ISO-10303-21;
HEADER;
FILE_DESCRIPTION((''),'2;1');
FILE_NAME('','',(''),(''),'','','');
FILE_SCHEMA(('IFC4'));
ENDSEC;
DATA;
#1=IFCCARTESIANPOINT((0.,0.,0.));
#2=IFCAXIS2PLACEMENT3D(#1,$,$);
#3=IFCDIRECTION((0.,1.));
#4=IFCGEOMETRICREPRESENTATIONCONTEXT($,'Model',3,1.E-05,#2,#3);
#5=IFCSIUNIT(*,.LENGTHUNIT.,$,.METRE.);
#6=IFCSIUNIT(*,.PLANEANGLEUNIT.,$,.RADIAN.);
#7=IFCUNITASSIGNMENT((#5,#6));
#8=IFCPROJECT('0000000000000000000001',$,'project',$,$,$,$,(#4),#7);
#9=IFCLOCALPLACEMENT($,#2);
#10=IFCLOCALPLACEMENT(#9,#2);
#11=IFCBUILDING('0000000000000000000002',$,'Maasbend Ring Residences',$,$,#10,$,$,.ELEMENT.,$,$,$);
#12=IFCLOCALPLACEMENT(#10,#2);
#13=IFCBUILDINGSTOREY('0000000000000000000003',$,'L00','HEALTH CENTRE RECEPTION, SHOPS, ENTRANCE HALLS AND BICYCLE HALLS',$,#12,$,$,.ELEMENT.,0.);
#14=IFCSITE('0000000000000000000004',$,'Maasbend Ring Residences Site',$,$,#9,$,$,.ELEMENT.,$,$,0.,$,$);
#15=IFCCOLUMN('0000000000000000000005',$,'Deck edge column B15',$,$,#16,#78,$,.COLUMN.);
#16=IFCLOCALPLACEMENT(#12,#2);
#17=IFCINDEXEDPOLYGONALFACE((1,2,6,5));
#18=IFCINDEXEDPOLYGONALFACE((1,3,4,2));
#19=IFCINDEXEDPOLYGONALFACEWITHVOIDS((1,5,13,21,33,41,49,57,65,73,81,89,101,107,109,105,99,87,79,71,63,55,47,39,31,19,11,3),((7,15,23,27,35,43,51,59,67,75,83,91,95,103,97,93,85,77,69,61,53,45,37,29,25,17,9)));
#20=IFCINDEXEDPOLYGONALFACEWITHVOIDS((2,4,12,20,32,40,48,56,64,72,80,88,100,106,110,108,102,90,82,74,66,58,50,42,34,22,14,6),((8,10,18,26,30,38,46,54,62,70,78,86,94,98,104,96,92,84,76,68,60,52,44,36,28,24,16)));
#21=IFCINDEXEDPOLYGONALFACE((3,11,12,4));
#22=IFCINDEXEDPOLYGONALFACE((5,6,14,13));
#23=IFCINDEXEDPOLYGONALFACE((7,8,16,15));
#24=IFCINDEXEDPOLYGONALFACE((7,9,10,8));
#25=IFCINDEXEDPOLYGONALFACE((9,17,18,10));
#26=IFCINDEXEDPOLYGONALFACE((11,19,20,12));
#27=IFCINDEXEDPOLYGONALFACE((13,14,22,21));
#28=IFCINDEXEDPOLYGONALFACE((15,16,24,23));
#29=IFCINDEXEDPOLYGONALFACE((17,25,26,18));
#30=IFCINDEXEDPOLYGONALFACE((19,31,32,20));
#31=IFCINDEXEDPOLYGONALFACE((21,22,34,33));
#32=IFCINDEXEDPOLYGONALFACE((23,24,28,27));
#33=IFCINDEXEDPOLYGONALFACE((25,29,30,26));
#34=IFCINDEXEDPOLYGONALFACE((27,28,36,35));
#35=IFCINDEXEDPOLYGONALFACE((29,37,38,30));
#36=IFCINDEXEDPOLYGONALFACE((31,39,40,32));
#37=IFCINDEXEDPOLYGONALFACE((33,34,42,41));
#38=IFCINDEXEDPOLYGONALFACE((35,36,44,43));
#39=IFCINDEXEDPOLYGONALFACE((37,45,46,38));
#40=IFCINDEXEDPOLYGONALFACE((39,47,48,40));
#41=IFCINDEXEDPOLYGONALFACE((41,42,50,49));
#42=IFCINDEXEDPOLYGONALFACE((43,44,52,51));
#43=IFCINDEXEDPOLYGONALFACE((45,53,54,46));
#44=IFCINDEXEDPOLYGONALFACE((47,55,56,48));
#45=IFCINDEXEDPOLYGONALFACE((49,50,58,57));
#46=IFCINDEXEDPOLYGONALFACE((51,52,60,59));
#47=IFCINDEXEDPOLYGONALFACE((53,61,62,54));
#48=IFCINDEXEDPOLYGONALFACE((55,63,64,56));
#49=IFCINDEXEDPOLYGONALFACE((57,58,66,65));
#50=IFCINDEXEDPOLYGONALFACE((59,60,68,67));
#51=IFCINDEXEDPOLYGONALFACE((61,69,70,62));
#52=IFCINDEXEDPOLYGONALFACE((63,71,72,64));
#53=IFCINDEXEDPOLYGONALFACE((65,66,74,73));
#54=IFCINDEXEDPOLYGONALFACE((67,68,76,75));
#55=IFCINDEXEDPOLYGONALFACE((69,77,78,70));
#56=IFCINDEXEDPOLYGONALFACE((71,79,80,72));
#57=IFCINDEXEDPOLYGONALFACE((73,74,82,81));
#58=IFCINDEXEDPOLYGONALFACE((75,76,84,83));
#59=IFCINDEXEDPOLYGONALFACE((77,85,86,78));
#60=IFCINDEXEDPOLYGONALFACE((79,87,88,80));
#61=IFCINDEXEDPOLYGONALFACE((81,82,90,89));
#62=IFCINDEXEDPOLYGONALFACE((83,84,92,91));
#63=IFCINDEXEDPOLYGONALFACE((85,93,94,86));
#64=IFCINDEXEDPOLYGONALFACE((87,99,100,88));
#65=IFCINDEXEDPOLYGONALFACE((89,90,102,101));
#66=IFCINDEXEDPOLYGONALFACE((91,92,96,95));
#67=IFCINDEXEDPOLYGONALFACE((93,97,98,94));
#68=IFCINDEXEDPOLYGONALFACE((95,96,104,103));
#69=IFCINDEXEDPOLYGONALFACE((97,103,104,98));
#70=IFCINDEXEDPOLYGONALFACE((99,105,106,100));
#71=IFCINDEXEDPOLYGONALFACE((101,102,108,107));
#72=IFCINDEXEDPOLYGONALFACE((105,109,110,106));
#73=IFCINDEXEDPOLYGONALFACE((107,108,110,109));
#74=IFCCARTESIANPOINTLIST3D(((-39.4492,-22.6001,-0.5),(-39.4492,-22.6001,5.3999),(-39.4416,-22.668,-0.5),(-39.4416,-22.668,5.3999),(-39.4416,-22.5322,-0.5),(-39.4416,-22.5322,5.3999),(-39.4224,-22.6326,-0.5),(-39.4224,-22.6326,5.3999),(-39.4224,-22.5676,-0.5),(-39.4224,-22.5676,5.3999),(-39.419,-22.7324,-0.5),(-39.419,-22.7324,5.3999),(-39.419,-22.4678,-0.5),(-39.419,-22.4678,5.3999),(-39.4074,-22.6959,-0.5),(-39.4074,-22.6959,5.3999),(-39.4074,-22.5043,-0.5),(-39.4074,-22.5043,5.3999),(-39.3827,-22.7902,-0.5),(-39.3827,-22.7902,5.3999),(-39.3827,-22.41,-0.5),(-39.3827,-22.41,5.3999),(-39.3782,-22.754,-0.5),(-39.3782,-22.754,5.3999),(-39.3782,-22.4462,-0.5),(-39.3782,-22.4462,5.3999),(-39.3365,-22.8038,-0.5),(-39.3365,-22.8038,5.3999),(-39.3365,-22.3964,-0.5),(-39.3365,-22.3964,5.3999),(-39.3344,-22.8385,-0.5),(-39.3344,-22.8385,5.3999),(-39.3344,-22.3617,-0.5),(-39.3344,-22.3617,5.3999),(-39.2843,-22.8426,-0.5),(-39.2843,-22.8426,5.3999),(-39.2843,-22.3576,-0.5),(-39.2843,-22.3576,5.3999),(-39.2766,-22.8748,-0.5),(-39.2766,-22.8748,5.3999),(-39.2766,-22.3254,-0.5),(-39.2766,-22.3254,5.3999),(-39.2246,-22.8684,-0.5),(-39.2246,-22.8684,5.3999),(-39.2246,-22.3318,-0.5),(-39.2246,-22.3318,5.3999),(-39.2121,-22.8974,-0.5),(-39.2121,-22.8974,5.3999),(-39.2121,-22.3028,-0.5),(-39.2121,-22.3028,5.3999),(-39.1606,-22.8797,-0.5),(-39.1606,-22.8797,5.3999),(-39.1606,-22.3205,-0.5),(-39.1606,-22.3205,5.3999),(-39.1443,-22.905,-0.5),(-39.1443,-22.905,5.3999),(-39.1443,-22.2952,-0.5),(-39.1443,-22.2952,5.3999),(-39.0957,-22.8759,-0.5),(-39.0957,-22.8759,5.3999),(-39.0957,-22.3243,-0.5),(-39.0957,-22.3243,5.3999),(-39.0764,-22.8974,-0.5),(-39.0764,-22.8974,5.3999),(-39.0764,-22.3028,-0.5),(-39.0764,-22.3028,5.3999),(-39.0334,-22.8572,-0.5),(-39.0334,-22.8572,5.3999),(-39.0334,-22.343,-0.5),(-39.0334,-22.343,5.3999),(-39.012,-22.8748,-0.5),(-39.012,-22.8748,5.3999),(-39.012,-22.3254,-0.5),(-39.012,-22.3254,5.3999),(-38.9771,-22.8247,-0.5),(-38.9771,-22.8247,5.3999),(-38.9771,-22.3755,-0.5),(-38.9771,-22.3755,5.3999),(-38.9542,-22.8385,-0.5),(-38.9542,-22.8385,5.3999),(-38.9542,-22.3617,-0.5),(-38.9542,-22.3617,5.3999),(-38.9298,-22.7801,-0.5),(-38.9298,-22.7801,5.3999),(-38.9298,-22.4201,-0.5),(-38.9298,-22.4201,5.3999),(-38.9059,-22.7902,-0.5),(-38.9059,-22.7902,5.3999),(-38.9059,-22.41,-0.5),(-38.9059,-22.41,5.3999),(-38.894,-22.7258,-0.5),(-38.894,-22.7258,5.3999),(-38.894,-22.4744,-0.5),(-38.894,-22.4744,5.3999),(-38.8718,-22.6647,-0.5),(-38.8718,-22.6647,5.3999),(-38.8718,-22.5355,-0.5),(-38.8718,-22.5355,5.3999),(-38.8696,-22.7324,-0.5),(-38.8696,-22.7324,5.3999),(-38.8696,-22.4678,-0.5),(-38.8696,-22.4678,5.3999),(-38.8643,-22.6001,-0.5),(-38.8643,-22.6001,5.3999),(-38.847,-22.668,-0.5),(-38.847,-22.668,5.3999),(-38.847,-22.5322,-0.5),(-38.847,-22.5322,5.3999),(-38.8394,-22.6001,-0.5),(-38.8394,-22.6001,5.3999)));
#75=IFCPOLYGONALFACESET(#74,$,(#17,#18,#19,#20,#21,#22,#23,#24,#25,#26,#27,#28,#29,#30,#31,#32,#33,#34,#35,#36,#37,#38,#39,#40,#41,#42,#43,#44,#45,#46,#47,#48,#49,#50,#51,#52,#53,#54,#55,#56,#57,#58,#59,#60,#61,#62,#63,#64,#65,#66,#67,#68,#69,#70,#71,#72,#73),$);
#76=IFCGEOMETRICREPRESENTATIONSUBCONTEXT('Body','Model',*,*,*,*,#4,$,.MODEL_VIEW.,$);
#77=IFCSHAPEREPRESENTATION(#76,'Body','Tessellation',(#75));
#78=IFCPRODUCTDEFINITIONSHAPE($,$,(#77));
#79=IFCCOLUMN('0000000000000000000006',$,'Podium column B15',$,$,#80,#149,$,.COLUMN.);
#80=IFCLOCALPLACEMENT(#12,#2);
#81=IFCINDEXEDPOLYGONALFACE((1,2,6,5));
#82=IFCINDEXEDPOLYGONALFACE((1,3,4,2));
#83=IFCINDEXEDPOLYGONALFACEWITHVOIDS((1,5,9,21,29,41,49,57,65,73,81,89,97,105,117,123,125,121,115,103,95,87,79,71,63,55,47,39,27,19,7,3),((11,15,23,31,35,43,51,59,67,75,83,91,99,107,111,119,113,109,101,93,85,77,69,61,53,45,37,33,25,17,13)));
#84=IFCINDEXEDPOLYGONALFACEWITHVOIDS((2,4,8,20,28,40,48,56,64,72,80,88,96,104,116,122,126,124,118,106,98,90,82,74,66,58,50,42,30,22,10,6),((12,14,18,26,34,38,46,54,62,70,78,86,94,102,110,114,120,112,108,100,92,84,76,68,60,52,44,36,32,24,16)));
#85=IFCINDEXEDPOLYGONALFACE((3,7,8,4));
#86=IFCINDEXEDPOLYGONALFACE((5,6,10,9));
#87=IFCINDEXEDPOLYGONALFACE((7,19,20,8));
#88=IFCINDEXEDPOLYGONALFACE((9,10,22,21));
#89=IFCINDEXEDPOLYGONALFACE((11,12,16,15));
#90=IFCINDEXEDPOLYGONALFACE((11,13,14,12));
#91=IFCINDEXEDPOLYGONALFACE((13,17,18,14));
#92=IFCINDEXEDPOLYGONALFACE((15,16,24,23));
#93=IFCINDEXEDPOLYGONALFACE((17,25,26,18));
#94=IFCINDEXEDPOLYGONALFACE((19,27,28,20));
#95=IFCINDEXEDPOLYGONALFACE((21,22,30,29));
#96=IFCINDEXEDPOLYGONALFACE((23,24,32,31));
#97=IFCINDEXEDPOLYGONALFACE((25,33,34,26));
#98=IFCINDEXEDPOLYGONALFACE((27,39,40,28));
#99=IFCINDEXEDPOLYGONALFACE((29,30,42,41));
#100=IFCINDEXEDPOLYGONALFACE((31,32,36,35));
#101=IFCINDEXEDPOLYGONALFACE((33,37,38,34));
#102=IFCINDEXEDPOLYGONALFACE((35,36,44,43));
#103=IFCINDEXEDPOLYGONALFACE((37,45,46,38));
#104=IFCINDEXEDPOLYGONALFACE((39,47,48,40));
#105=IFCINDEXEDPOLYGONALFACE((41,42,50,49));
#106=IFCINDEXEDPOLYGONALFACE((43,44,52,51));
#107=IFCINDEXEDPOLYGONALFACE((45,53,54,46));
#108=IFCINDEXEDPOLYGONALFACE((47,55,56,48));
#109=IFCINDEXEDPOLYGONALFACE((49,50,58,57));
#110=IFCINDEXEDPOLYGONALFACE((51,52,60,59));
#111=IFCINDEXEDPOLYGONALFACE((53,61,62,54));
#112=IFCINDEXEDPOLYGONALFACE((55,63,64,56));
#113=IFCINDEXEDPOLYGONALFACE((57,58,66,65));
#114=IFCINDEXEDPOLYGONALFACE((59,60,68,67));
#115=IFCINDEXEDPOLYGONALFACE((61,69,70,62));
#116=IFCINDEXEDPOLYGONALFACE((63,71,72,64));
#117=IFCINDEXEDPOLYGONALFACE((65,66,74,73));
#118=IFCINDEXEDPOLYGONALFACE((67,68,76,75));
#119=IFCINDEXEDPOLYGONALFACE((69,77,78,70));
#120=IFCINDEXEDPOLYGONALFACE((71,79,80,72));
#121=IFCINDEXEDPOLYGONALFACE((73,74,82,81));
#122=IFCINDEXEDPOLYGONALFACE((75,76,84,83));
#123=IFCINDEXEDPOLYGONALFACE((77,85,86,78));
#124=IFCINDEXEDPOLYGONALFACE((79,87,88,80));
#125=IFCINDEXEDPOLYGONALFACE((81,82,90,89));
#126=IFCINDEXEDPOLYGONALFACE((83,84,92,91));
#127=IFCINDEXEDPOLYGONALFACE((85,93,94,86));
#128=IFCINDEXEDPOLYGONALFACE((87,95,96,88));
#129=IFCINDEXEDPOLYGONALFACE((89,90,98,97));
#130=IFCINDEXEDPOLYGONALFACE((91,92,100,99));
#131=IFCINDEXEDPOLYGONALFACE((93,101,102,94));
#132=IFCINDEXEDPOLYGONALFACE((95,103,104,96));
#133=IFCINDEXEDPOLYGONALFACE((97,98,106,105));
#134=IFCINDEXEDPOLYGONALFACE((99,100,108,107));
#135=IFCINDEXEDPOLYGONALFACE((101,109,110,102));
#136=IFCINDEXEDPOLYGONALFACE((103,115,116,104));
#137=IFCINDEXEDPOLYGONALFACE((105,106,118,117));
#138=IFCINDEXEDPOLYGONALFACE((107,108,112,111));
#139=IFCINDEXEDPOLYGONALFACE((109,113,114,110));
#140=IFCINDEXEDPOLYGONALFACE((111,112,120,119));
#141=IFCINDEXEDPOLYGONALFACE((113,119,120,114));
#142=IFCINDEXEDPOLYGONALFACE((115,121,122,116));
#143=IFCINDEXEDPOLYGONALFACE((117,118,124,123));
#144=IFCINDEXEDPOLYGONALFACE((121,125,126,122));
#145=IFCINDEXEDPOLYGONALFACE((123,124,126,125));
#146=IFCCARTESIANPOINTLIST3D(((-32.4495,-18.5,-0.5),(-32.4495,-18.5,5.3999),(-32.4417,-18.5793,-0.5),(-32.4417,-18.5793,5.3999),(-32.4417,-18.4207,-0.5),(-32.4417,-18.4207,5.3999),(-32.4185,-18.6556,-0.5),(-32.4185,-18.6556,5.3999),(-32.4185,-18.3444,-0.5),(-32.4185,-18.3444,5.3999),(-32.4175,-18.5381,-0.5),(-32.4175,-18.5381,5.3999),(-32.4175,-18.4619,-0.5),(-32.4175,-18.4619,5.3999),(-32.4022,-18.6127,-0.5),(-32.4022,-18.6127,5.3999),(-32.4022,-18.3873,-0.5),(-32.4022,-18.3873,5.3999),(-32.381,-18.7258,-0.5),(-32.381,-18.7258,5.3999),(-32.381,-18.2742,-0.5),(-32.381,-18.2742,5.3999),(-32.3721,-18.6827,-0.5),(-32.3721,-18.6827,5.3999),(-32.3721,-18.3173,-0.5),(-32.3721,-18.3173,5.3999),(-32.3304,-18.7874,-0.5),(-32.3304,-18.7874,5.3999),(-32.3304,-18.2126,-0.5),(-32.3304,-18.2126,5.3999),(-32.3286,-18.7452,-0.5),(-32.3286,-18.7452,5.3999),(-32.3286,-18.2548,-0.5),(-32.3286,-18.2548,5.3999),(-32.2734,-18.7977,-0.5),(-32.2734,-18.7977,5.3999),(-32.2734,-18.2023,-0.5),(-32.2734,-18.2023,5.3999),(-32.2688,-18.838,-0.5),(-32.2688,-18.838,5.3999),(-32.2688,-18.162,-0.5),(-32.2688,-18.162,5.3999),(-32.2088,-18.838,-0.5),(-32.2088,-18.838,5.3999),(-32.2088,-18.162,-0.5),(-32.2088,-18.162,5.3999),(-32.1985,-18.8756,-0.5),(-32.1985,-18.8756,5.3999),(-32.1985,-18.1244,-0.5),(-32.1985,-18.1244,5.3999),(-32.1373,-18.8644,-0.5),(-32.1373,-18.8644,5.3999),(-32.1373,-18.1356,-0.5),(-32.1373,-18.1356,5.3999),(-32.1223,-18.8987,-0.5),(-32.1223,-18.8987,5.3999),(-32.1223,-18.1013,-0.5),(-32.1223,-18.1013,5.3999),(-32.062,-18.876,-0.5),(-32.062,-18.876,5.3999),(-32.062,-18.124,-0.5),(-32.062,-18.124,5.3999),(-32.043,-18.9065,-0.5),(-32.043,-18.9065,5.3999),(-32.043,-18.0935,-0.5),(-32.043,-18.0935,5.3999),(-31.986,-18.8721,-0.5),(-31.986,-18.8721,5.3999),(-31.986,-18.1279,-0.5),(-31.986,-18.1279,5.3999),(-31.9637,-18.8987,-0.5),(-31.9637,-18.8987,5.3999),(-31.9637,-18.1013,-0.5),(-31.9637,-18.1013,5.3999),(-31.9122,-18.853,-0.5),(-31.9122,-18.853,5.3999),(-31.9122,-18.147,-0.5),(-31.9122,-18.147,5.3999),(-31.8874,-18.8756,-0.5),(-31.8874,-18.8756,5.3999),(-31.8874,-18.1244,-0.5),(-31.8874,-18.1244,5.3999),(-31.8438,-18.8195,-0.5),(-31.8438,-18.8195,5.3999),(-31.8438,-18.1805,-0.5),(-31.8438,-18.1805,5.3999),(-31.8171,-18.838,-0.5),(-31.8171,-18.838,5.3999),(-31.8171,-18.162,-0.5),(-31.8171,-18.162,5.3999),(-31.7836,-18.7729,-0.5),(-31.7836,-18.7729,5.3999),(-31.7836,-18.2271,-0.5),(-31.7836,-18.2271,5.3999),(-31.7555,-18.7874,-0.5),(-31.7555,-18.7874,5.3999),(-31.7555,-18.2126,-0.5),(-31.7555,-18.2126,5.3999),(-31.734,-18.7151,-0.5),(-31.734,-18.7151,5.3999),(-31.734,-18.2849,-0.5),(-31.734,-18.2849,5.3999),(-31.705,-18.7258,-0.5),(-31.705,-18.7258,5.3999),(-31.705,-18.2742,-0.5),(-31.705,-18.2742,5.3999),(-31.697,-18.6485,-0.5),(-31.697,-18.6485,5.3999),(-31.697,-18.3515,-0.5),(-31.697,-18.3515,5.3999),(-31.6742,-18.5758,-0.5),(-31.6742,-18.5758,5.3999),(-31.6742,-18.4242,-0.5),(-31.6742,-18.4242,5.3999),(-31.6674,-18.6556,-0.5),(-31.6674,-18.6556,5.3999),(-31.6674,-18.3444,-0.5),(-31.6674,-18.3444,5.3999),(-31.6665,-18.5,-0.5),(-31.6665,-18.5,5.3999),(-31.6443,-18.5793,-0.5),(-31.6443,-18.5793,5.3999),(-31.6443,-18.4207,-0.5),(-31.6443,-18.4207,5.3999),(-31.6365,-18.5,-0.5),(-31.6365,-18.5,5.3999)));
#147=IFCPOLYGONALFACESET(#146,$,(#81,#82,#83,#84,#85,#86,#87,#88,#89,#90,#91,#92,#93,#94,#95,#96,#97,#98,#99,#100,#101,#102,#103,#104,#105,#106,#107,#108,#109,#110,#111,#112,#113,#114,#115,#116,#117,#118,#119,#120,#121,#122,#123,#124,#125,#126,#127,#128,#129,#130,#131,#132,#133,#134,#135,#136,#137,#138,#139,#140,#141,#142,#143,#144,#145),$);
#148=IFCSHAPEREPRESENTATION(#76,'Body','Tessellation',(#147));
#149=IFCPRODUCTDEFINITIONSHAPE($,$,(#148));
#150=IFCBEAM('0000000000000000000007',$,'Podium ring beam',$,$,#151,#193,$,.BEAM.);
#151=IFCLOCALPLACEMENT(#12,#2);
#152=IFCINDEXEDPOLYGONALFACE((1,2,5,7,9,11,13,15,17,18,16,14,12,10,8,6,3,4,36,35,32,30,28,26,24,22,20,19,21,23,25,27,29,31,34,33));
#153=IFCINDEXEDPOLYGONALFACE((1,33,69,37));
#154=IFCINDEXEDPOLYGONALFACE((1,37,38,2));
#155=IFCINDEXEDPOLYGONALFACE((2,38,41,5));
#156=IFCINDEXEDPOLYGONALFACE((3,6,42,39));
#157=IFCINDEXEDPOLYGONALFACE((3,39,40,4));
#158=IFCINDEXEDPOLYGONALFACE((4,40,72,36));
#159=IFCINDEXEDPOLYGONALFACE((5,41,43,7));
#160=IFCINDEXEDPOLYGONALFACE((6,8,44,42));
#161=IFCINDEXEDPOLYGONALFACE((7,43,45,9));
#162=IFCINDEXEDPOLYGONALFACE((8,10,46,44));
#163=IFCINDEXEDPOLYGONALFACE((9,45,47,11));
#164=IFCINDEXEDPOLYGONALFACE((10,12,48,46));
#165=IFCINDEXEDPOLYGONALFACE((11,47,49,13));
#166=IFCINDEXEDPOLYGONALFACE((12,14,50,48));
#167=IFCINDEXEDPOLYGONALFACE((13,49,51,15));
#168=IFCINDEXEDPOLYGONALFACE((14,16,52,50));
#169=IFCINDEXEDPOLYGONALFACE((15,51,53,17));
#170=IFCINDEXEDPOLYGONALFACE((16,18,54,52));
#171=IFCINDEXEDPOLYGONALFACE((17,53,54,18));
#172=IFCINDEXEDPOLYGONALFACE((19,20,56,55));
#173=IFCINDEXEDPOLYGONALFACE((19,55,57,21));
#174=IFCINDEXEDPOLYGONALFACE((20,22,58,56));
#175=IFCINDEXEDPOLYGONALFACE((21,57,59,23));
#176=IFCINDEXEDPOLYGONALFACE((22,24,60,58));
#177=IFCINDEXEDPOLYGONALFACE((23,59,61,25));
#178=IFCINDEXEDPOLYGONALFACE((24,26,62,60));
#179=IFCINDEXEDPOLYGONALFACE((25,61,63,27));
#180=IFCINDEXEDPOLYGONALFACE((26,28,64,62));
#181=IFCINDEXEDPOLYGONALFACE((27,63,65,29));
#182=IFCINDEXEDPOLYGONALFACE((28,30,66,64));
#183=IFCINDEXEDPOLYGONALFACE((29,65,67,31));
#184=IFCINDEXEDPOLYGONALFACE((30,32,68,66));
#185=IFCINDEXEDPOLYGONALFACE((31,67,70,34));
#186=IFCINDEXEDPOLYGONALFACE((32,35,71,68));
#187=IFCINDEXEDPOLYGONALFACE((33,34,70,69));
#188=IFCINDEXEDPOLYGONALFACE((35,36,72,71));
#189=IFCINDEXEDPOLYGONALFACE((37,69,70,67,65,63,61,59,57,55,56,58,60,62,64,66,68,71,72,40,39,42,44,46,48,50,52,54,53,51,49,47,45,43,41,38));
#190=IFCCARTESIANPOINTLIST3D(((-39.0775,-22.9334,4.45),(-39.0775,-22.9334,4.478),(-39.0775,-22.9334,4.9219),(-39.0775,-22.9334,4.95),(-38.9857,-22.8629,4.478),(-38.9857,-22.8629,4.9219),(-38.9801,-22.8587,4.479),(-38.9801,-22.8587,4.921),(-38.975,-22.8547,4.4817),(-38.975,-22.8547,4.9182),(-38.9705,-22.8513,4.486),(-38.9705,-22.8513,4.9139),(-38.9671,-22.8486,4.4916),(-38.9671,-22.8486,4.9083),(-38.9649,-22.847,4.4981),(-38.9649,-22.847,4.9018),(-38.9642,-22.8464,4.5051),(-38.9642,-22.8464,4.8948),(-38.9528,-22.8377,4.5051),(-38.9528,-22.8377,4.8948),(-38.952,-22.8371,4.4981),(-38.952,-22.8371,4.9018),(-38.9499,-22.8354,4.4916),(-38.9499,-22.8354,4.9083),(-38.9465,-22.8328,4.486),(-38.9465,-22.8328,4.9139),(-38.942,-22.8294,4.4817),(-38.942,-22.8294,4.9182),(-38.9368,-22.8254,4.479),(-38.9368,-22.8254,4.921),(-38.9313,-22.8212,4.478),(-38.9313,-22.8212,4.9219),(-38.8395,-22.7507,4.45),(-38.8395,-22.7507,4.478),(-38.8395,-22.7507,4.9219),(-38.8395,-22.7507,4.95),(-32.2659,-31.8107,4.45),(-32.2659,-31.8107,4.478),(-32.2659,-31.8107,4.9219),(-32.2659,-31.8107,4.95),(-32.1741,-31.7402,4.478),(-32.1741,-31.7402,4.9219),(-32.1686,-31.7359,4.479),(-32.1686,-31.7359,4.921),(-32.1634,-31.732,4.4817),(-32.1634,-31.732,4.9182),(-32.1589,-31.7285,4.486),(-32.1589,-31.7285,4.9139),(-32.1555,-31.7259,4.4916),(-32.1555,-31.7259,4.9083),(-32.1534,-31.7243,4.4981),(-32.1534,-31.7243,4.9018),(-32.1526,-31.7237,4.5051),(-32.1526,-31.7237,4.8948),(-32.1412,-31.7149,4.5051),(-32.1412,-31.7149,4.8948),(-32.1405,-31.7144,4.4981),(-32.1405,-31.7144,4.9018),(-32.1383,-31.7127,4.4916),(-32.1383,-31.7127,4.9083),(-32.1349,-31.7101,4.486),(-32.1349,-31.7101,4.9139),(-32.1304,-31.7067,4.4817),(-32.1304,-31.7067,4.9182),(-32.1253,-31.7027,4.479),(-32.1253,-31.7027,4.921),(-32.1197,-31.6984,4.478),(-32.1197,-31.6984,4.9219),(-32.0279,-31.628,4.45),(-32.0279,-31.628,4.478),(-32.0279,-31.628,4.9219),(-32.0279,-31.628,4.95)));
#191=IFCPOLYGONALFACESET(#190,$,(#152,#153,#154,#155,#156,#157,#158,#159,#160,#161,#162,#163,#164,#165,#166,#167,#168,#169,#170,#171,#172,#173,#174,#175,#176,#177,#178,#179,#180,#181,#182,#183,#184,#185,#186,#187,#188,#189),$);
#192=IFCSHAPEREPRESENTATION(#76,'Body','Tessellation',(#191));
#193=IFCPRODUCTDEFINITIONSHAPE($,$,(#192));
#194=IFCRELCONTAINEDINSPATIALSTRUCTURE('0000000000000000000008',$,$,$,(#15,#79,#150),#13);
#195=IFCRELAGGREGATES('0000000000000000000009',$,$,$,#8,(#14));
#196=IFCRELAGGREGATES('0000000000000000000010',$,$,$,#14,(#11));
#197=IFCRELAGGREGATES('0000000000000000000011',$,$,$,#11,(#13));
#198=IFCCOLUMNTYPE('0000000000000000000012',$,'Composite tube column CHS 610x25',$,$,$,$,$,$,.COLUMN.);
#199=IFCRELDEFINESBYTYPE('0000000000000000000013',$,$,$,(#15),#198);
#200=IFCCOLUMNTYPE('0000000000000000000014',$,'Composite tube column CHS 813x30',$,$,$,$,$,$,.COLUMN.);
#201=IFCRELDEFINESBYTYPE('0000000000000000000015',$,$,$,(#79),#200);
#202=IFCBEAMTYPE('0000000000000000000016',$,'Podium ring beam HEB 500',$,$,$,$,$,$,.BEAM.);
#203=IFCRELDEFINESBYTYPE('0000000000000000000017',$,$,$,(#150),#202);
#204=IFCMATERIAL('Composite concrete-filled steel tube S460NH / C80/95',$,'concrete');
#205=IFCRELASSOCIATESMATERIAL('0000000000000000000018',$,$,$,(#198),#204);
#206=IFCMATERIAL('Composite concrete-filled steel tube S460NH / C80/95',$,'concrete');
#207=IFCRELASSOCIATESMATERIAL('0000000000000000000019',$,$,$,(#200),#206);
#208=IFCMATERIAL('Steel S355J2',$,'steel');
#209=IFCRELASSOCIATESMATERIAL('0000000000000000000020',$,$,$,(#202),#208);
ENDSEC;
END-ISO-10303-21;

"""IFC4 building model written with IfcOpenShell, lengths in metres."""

from ifc_helpers import new_model, si_unit, direction, frame, origin, origin_2d, place, context, subcontext, project, spatial, hollow_circle, i_section, extrude, material, material_profile, profile_set, type_object, element, save


model = new_model("IFC4")

# Units and contexts
model_context = context("Model", 3, precision=1e-05, world=origin(), true_north=direction((0.0, 1.0)))
body_context = subcontext(model_context, "Body", "Model", "MODEL_VIEW")
ifc_project = project(units=[si_unit("LENGTHUNIT", "METRE"), si_unit("PLANEANGLEUNIT", "RADIAN")], contexts=[model_context])

# Site, building, storey
site_placement = place(None, origin())
site = spatial("IfcSite", under=ifc_project, at=site_placement, Name="Maasbend Ring Residences Site", CompositionType="ELEMENT", RefElevation=0.0)
building_placement = place(site_placement, origin())
building = spatial("IfcBuilding", under=site, at=building_placement, Name="Maasbend Ring Residences", CompositionType="ELEMENT")
storey_placement = place(building_placement, origin())
storey = spatial("IfcBuildingStorey", under=building, at=storey_placement, Name="L00", Description="HEALTH CENTRE RECEPTION, SHOPS, ENTRANCE HALLS AND BICYCLE HALLS", CompositionType="ELEMENT", Elevation=0.0)

# Columns
ifc_material_1 = material(Name="Composite concrete-filled steel tube S460NH / C80/95", Category="concrete")
ifc_material_profile_1 = material_profile(ifc_material_1, hollow_circle(Radius=0.3049, WallThickness=0.0249, at=origin_2d()), Name="Composite tube column CHS 610x25")
ifc_profile_set_1 = profile_set([ifc_material_profile_1], Name="Composite concrete-filled steel tube S460NH / C80/95")
column_type_1 = type_object("IfcColumnType", Name="Composite tube column CHS 610x25", PredefinedType="COLUMN", material=ifc_profile_set_1)
column_1_placement = place(storey_placement, frame((-39.1443, -22.6001, -0.5), z_axis=(0.0, 0.0, 1.0), x_axis=(1.0, 0.0, 0.0)))
element("IfcColumn", 1, at=column_1_placement, inside=storey, type_object=column_type_1, Name="Deck edge column B15", PredefinedType="COLUMN", context=body_context, shape_type="SweptSolid", body=[
    extrude(hollow_circle(Radius=0.3049, WallThickness=0.0249, at=origin_2d()), origin(), (0.0, 0.0, 1.0), 5.8999),
])
ifc_material_2 = material(Name="Composite concrete-filled steel tube S460NH / C80/95", Category="concrete")
ifc_material_profile_2 = material_profile(ifc_material_2, hollow_circle(Radius=0.4065, WallThickness=0.03, at=origin_2d()), Name="Composite tube column CHS 813x30")
ifc_profile_set_2 = profile_set([ifc_material_profile_2], Name="Composite concrete-filled steel tube S460NH / C80/95")
column_type_2 = type_object("IfcColumnType", Name="Composite tube column CHS 813x30", PredefinedType="COLUMN", material=ifc_profile_set_2)
column_2_placement = place(storey_placement, frame((-32.043, -18.5, -0.5), z_axis=(0.0, 0.0, 1.0), x_axis=(1.0, 0.0, 0.0)))
element("IfcColumn", 2, at=column_2_placement, inside=storey, type_object=column_type_2, Name="Podium column B15", PredefinedType="COLUMN", context=body_context, shape_type="SweptSolid", body=[
    extrude(hollow_circle(Radius=0.4065, WallThickness=0.03, at=origin_2d()), origin(), (0.0, 0.0, 1.0), 5.8999),
])

# Beam
ifc_material_3 = material(Name="Steel S355J2", Category="steel")
ifc_material_profile_3 = material_profile(ifc_material_3, i_section(OverallWidth=0.3, OverallDepth=0.5, WebThickness=0.0144, FlangeThickness=0.0281, FilletRadius=0.0271, at=origin_2d()), Name="HEB 500")
ifc_profile_set_3 = profile_set([ifc_material_profile_3], Name="Steel S355J2")
beam_type_1 = type_object("IfcBeamType", Name="Podium ring beam HEB 500", PredefinedType="BEAM", material=ifc_profile_set_3)
beam_1_placement = place(storey_placement, frame((-38.9585, -22.842, 4.7), z_axis=(0.608751, -0.793362, 0.0), x_axis=(0.793362, 0.608751, 0.0)))
element("IfcBeam", 3, at=beam_1_placement, inside=storey, type_object=beam_type_1, Name="Podium ring beam", PredefinedType="BEAM", context=body_context, shape_type="SweptSolid", body=[
    extrude(i_section(OverallWidth=0.3, OverallDepth=0.5, WebThickness=0.0144, FlangeThickness=0.0281, FilletRadius=0.0271, at=origin_2d()), origin(), (0.0, 0.0, 1.0), 11.1895),
])

save(model, "model.ifc")
